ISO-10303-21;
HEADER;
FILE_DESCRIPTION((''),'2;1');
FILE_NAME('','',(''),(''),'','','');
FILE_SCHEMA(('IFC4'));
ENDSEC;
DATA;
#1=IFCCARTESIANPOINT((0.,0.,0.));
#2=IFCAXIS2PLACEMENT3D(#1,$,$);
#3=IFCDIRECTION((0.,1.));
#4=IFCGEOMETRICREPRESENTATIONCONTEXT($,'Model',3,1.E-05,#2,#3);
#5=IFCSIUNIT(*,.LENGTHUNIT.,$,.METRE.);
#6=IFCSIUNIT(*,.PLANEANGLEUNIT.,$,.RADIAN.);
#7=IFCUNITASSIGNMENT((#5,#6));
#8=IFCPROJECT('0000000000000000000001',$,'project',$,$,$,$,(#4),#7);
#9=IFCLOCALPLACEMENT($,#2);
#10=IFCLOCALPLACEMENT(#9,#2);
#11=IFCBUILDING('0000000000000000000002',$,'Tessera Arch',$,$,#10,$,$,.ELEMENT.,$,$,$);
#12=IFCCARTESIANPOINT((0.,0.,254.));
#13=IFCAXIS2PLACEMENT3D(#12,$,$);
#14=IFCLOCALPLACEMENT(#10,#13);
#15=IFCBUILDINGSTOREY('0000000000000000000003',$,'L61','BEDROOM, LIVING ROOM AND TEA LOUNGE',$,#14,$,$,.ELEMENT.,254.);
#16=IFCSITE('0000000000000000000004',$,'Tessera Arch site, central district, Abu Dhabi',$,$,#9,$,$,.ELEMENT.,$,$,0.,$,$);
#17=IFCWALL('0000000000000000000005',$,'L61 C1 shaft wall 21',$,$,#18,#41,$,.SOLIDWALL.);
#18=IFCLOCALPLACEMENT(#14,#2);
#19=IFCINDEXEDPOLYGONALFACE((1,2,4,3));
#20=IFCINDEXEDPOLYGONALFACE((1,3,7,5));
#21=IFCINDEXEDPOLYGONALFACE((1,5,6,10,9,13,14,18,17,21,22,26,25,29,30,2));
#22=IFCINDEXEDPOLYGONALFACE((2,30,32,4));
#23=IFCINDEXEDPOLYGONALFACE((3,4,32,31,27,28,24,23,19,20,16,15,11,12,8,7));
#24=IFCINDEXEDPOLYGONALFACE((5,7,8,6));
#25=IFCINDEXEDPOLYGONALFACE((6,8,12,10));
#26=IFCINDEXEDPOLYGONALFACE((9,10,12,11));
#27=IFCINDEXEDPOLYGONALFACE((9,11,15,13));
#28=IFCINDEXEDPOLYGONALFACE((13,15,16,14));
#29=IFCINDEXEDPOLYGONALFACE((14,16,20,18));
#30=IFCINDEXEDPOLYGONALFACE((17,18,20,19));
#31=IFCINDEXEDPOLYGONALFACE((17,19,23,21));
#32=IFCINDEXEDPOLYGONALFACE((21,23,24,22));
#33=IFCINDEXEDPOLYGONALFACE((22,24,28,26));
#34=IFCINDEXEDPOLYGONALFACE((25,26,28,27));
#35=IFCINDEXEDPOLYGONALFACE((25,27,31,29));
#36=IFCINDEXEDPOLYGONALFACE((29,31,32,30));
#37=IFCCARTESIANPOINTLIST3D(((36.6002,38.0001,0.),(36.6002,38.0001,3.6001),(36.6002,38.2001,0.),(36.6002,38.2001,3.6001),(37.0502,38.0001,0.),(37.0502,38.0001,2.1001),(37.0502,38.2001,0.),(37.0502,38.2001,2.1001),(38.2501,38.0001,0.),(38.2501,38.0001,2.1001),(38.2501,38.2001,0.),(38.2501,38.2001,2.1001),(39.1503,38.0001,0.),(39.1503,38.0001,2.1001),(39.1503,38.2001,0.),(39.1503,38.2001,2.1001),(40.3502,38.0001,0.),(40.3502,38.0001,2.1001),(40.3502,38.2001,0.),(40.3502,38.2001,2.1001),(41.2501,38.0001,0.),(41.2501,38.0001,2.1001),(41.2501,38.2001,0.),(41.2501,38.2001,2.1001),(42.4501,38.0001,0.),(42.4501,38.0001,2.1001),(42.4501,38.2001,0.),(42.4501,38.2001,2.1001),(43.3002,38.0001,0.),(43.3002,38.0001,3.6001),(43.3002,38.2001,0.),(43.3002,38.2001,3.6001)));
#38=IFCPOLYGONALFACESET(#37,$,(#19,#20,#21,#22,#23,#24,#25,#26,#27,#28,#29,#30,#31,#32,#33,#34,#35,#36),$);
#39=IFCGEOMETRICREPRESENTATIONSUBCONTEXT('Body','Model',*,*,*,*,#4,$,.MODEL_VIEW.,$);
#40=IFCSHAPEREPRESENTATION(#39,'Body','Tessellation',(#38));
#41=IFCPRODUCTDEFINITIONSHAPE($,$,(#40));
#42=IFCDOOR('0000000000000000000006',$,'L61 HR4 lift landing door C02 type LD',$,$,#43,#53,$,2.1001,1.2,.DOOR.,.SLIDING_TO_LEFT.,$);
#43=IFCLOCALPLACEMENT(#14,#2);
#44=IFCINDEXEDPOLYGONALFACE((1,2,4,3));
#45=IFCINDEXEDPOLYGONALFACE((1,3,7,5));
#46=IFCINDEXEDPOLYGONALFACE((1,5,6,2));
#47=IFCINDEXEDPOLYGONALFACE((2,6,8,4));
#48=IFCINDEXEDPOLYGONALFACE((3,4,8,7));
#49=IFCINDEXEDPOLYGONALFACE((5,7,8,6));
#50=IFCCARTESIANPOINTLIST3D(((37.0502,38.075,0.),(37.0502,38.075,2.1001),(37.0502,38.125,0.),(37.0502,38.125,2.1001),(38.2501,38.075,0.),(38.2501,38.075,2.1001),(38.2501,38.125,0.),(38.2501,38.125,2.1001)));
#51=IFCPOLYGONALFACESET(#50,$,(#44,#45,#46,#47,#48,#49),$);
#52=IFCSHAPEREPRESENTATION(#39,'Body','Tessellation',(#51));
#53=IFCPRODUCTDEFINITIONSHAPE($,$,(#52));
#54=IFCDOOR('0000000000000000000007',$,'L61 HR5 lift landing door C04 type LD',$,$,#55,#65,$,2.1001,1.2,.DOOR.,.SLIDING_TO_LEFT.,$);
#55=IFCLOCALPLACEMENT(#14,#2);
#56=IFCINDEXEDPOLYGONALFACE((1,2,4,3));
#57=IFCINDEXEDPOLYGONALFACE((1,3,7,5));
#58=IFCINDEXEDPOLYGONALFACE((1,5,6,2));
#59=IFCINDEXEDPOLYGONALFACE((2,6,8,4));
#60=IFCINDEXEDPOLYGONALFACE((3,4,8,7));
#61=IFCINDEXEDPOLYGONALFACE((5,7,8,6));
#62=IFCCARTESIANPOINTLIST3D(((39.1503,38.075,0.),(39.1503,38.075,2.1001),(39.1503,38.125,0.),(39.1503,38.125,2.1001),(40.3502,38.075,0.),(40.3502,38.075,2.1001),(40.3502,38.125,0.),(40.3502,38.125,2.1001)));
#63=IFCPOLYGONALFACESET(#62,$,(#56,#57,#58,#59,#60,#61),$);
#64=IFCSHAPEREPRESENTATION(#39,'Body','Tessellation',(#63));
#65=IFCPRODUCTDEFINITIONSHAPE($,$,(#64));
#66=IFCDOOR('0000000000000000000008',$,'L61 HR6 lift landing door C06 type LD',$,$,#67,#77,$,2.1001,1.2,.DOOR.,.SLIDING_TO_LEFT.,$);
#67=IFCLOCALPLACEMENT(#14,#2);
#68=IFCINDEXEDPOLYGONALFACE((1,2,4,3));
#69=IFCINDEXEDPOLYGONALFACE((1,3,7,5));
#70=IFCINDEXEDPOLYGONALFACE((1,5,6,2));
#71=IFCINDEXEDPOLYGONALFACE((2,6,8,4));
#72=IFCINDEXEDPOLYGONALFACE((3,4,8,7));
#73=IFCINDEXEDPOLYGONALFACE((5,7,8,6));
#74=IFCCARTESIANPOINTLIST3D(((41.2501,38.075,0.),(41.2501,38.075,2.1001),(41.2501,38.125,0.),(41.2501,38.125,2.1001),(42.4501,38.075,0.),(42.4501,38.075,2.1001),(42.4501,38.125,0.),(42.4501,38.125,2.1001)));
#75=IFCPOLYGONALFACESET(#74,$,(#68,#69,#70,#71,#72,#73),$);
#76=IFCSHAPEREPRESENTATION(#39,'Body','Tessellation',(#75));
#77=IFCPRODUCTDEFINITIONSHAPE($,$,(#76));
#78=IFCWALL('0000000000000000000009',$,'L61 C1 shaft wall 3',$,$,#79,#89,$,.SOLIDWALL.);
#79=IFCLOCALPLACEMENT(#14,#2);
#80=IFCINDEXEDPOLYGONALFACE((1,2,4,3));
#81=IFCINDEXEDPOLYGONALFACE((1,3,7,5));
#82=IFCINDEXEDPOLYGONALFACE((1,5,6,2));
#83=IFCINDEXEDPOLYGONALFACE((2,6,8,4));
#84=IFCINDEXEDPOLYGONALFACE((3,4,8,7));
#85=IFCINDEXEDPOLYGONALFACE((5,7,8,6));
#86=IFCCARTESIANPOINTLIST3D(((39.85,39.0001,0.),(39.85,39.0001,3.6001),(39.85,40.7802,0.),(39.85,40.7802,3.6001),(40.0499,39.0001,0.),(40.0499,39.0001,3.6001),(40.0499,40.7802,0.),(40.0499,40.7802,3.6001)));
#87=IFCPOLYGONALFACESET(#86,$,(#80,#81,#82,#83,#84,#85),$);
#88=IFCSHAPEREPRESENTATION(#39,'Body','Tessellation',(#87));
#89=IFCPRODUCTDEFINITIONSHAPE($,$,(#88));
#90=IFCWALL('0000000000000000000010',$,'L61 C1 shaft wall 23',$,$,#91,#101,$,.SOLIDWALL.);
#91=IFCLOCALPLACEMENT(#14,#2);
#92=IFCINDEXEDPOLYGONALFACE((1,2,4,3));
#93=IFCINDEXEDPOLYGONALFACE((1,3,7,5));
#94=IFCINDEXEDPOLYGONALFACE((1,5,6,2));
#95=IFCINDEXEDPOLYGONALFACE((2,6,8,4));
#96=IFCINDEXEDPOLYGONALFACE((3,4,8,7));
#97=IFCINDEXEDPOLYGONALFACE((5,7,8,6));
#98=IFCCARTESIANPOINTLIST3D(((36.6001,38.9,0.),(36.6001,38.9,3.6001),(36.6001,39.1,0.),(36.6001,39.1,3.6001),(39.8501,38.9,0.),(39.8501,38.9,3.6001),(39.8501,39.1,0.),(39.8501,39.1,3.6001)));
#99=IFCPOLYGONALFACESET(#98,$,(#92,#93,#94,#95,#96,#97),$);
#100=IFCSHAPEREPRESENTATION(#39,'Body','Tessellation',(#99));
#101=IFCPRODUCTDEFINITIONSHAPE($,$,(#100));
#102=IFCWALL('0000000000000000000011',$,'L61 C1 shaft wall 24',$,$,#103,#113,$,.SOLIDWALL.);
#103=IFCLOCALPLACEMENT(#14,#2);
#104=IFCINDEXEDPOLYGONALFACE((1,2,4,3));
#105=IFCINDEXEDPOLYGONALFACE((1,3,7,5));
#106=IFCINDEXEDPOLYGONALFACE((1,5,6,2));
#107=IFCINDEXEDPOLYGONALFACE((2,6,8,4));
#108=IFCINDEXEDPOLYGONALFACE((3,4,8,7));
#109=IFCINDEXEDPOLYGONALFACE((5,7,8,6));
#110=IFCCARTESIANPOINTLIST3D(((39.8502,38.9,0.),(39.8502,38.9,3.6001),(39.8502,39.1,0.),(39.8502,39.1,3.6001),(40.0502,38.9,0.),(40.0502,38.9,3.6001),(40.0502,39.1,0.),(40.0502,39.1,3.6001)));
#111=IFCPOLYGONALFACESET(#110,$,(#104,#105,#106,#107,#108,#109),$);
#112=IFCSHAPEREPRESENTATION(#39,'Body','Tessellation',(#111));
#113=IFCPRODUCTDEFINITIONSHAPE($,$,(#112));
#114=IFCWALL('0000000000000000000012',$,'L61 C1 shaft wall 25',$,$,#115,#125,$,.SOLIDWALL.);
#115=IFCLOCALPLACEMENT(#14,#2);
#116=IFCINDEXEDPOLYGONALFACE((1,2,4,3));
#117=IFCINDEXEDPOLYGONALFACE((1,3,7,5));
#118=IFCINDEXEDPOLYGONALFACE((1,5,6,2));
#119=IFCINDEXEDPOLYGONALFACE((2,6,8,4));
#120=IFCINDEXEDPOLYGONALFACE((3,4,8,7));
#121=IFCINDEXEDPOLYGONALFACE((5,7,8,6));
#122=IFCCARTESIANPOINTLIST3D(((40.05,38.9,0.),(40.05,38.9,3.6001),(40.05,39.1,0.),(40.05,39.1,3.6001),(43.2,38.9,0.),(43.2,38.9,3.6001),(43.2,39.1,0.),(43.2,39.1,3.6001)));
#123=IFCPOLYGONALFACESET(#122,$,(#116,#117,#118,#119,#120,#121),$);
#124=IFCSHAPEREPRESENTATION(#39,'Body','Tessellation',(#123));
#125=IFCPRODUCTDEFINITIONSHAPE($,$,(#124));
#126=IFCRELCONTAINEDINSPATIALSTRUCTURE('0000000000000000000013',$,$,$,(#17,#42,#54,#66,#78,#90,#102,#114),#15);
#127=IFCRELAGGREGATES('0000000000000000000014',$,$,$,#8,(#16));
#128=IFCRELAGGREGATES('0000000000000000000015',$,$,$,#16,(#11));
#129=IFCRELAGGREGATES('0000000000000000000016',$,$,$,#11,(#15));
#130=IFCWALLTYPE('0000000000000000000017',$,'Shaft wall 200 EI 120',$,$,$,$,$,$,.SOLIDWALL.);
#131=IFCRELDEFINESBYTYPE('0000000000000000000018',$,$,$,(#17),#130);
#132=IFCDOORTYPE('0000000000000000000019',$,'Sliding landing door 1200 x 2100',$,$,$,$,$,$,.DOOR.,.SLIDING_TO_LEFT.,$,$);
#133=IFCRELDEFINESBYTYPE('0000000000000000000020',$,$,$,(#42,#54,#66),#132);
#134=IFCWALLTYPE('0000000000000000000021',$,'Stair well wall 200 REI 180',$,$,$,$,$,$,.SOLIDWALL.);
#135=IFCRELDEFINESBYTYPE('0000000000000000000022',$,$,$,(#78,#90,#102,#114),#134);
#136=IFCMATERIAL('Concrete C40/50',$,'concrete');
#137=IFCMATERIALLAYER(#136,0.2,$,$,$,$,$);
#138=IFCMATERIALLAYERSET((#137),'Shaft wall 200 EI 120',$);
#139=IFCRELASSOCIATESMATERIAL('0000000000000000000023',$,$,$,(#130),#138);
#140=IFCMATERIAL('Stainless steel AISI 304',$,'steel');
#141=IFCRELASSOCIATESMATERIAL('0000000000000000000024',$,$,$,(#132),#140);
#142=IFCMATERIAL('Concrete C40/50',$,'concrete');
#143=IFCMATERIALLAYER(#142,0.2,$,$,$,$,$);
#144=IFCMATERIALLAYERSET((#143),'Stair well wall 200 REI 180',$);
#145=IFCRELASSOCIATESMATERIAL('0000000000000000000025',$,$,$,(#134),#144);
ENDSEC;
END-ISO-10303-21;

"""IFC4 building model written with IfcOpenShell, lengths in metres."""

from ifc_helpers import new_model, si_unit, direction, frame, frame_2d, origin, place, context, subcontext, project, spatial, rectangle, extrude, material, layer, layer_set, type_object, element, fill, save


model = new_model("IFC4")

# Units and contexts
model_context = context("Model", 3, precision=1e-05, world=origin(), true_north=direction((0.0, 1.0)))
body_context = subcontext(model_context, "Body", "Model", "MODEL_VIEW")
ifc_project = project(units=[si_unit("LENGTHUNIT", "METRE"), si_unit("PLANEANGLEUNIT", "RADIAN")], contexts=[model_context])

# Site, building, storey
site_placement = place(None, origin())
site = spatial("IfcSite", under=ifc_project, at=site_placement, Name="Tessera Arch site, central district, Abu Dhabi", CompositionType="ELEMENT", RefElevation=0.0)
building_placement = place(site_placement, origin())
building = spatial("IfcBuilding", under=site, at=building_placement, Name="Tessera Arch", CompositionType="ELEMENT")
storey_placement = place(building_placement, frame((0.0, 0.0, 254.0)))
storey = spatial("IfcBuildingStorey", under=building, at=storey_placement, Name="L61", Description="BEDROOM, LIVING ROOM AND TEA LOUNGE", CompositionType="ELEMENT", Elevation=254.0)

# Shared definitions
ifc_material_1 = material(Name="Concrete C40/50", Category="concrete")
ifc_layer_1 = layer(ifc_material_1, 0.2)
ifc_layer_set_1 = layer_set([ifc_layer_1], Name="Shaft wall 200 EI 120")
wall_type_1 = type_object("IfcWallType", Name="Shaft wall 200 EI 120", PredefinedType="SOLIDWALL", material=ifc_layer_set_1)

# Shared definitions
ifc_material_2 = material(Name="Stainless steel AISI 304", Category="steel")
door_type = type_object("IfcDoorType", Name="Sliding landing door 1200 x 2100", OperationType="SLIDING_TO_LEFT", PredefinedType="DOOR", material=ifc_material_2)

# Wall, openings, doors
wall_1_placement = place(storey_placement, frame((36.6001, 38.1001, 0.0), z_axis=(0.0, 0.0, 1.0), x_axis=(1.0, 0.0, 0.0)))
wall_1 = element("IfcWall", 1, at=wall_1_placement, inside=storey, type_object=wall_type_1, Name="L61 C1 shaft wall 21", PredefinedType="SOLIDWALL", context=body_context, shape_type="SweptSolid", body=[
    extrude(rectangle(XDim=6.7, YDim=0.2, at=frame_2d((3.3501, 0.0))), origin(), (0.0, 0.0, 1.0), 3.6001),
])
opening_1_placement = place(wall_1_placement, frame((0.45, 0.0, 0.0)))
opening_1 = element("IfcOpeningElement", 2, at=opening_1_placement, cuts=wall_1, PredefinedType="OPENING", context=body_context, shape_type="SweptSolid", body=[
    extrude(rectangle(XDim=1.2, YDim=2.1001, at=frame_2d((0.6001, 1.05))), frame((0.0, 0.1099, 0.0), z_axis=(0.0, -1.0, 0.0), x_axis=(1.0, 0.0, 0.0)), (0.0, 0.0, 1.0), 0.22),
])
opening_2_placement = place(wall_1_placement, frame((2.55, 0.0, 0.0)))
opening_2 = element("IfcOpeningElement", 3, at=opening_2_placement, cuts=wall_1, PredefinedType="OPENING", context=body_context, shape_type="SweptSolid", body=[
    extrude(rectangle(XDim=1.2, YDim=2.1001, at=frame_2d((0.6001, 1.05))), frame((0.0, 0.1099, 0.0), z_axis=(0.0, -1.0, 0.0), x_axis=(1.0, 0.0, 0.0)), (0.0, 0.0, 1.0), 0.22),
])
opening_3_placement = place(wall_1_placement, frame((4.6499, 0.0, 0.0)))
opening_3 = element("IfcOpeningElement", 4, at=opening_3_placement, cuts=wall_1, PredefinedType="OPENING", context=body_context, shape_type="SweptSolid", body=[
    extrude(rectangle(XDim=1.2, YDim=2.1001, at=frame_2d((0.6001, 1.05))), frame((0.0, 0.1099, 0.0), z_axis=(0.0, -1.0, 0.0), x_axis=(1.0, 0.0, 0.0)), (0.0, 0.0, 1.0), 0.22),
])
door_1_placement = place(opening_1_placement, origin())
door_1 = element("IfcDoor", 5, at=door_1_placement, inside=storey, type_object=door_type, Name="L61 HR4 lift landing door C02 type LD", OperationType="SLIDING_TO_LEFT", OverallHeight=2.1001, OverallWidth=1.2, PredefinedType="DOOR", context=body_context, shape_type="SweptSolid", body=[
    extrude(rectangle(XDim=1.2, YDim=2.1001, at=frame_2d((0.6001, 1.05))), frame((0.0, 0.0249, 0.0), z_axis=(0.0, -1.0, 0.0), x_axis=(1.0, 0.0, 0.0)), (0.0, 0.0, 1.0), 0.05),
])
fill(opening_1, door_1)
door_2_placement = place(opening_2_placement, origin())
door_2 = element("IfcDoor", 6, at=door_2_placement, inside=storey, type_object=door_type, Name="L61 HR5 lift landing door C04 type LD", OperationType="SLIDING_TO_LEFT", OverallHeight=2.1001, OverallWidth=1.2, PredefinedType="DOOR", context=body_context, shape_type="SweptSolid", body=[
    extrude(rectangle(XDim=1.2, YDim=2.1001, at=frame_2d((0.6001, 1.05))), frame((0.0, 0.0249, 0.0), z_axis=(0.0, -1.0, 0.0), x_axis=(1.0, 0.0, 0.0)), (0.0, 0.0, 1.0), 0.05),
])
fill(opening_2, door_2)
door_3_placement = place(opening_3_placement, origin())
door_3 = element("IfcDoor", 7, at=door_3_placement, inside=storey, type_object=door_type, Name="L61 HR6 lift landing door C06 type LD", OperationType="SLIDING_TO_LEFT", OverallHeight=2.1001, OverallWidth=1.2, PredefinedType="DOOR", context=body_context, shape_type="SweptSolid", body=[
    extrude(rectangle(XDim=1.2, YDim=2.1001, at=frame_2d((0.6001, 1.05))), frame((0.0, 0.0249, 0.0), z_axis=(0.0, -1.0, 0.0), x_axis=(1.0, 0.0, 0.0)), (0.0, 0.0, 1.0), 0.05),
])
fill(opening_3, door_3)

# Walls
ifc_material_3 = material(Name="Concrete C40/50", Category="concrete")
ifc_layer_2 = layer(ifc_material_3, 0.2)
ifc_layer_set_2 = layer_set([ifc_layer_2], Name="Stair well wall 200 REI 180")
wall_type_2 = type_object("IfcWallType", Name="Stair well wall 200 REI 180", PredefinedType="SOLIDWALL", material=ifc_layer_set_2)
wall_2_placement = place(storey_placement, frame((39.95, 39.0, 0.0), z_axis=(0.0, 0.0, 1.0), x_axis=(0.0, 1.0, 0.0)))
element("IfcWall", 8, at=wall_2_placement, inside=storey, type_object=wall_type_2, Name="L61 C1 shaft wall 3", PredefinedType="SOLIDWALL", context=body_context, shape_type="SweptSolid", body=[
    extrude(rectangle(XDim=1.78, YDim=0.2, at=frame_2d((0.8901, 0.0))), origin(), (0.0, 0.0, 1.0), 3.6001),
])
wall_3_placement = place(storey_placement, frame((36.6001, 39.0, 0.0), z_axis=(0.0, 0.0, 1.0), x_axis=(1.0, 0.0, 0.0)))
element("IfcWall", 9, at=wall_3_placement, inside=storey, type_object=wall_type_2, Name="L61 C1 shaft wall 23", PredefinedType="SOLIDWALL", context=body_context, shape_type="SweptSolid", body=[
    extrude(rectangle(XDim=3.25, YDim=0.2, at=frame_2d((1.625, 0.0))), origin(), (0.0, 0.0, 1.0), 3.6001),
])
wall_4_placement = place(storey_placement, frame((39.8501, 39.0, 0.0), z_axis=(0.0, 0.0, 1.0), x_axis=(1.0, 0.0, 0.0)))
element("IfcWall", 10, at=wall_4_placement, inside=storey, type_object=wall_type_2, Name="L61 C1 shaft wall 24", PredefinedType="SOLIDWALL", context=body_context, shape_type="SweptSolid", body=[
    extrude(rectangle(XDim=0.2, YDim=0.2, at=frame_2d((0.1001, 0.0))), origin(), (0.0, 0.0, 1.0), 3.6001),
])
wall_5_placement = place(storey_placement, frame((40.05, 39.0, 0.0), z_axis=(0.0, 0.0, 1.0), x_axis=(1.0, 0.0, 0.0)))
element("IfcWall", 11, at=wall_5_placement, inside=storey, type_object=wall_type_2, Name="L61 C1 shaft wall 25", PredefinedType="SOLIDWALL", context=body_context, shape_type="SweptSolid", body=[
    extrude(rectangle(XDim=3.1499, YDim=0.2, at=frame_2d((1.575, 0.0))), origin(), (0.0, 0.0, 1.0), 3.6001),
])

save(model, "model.ifc")
